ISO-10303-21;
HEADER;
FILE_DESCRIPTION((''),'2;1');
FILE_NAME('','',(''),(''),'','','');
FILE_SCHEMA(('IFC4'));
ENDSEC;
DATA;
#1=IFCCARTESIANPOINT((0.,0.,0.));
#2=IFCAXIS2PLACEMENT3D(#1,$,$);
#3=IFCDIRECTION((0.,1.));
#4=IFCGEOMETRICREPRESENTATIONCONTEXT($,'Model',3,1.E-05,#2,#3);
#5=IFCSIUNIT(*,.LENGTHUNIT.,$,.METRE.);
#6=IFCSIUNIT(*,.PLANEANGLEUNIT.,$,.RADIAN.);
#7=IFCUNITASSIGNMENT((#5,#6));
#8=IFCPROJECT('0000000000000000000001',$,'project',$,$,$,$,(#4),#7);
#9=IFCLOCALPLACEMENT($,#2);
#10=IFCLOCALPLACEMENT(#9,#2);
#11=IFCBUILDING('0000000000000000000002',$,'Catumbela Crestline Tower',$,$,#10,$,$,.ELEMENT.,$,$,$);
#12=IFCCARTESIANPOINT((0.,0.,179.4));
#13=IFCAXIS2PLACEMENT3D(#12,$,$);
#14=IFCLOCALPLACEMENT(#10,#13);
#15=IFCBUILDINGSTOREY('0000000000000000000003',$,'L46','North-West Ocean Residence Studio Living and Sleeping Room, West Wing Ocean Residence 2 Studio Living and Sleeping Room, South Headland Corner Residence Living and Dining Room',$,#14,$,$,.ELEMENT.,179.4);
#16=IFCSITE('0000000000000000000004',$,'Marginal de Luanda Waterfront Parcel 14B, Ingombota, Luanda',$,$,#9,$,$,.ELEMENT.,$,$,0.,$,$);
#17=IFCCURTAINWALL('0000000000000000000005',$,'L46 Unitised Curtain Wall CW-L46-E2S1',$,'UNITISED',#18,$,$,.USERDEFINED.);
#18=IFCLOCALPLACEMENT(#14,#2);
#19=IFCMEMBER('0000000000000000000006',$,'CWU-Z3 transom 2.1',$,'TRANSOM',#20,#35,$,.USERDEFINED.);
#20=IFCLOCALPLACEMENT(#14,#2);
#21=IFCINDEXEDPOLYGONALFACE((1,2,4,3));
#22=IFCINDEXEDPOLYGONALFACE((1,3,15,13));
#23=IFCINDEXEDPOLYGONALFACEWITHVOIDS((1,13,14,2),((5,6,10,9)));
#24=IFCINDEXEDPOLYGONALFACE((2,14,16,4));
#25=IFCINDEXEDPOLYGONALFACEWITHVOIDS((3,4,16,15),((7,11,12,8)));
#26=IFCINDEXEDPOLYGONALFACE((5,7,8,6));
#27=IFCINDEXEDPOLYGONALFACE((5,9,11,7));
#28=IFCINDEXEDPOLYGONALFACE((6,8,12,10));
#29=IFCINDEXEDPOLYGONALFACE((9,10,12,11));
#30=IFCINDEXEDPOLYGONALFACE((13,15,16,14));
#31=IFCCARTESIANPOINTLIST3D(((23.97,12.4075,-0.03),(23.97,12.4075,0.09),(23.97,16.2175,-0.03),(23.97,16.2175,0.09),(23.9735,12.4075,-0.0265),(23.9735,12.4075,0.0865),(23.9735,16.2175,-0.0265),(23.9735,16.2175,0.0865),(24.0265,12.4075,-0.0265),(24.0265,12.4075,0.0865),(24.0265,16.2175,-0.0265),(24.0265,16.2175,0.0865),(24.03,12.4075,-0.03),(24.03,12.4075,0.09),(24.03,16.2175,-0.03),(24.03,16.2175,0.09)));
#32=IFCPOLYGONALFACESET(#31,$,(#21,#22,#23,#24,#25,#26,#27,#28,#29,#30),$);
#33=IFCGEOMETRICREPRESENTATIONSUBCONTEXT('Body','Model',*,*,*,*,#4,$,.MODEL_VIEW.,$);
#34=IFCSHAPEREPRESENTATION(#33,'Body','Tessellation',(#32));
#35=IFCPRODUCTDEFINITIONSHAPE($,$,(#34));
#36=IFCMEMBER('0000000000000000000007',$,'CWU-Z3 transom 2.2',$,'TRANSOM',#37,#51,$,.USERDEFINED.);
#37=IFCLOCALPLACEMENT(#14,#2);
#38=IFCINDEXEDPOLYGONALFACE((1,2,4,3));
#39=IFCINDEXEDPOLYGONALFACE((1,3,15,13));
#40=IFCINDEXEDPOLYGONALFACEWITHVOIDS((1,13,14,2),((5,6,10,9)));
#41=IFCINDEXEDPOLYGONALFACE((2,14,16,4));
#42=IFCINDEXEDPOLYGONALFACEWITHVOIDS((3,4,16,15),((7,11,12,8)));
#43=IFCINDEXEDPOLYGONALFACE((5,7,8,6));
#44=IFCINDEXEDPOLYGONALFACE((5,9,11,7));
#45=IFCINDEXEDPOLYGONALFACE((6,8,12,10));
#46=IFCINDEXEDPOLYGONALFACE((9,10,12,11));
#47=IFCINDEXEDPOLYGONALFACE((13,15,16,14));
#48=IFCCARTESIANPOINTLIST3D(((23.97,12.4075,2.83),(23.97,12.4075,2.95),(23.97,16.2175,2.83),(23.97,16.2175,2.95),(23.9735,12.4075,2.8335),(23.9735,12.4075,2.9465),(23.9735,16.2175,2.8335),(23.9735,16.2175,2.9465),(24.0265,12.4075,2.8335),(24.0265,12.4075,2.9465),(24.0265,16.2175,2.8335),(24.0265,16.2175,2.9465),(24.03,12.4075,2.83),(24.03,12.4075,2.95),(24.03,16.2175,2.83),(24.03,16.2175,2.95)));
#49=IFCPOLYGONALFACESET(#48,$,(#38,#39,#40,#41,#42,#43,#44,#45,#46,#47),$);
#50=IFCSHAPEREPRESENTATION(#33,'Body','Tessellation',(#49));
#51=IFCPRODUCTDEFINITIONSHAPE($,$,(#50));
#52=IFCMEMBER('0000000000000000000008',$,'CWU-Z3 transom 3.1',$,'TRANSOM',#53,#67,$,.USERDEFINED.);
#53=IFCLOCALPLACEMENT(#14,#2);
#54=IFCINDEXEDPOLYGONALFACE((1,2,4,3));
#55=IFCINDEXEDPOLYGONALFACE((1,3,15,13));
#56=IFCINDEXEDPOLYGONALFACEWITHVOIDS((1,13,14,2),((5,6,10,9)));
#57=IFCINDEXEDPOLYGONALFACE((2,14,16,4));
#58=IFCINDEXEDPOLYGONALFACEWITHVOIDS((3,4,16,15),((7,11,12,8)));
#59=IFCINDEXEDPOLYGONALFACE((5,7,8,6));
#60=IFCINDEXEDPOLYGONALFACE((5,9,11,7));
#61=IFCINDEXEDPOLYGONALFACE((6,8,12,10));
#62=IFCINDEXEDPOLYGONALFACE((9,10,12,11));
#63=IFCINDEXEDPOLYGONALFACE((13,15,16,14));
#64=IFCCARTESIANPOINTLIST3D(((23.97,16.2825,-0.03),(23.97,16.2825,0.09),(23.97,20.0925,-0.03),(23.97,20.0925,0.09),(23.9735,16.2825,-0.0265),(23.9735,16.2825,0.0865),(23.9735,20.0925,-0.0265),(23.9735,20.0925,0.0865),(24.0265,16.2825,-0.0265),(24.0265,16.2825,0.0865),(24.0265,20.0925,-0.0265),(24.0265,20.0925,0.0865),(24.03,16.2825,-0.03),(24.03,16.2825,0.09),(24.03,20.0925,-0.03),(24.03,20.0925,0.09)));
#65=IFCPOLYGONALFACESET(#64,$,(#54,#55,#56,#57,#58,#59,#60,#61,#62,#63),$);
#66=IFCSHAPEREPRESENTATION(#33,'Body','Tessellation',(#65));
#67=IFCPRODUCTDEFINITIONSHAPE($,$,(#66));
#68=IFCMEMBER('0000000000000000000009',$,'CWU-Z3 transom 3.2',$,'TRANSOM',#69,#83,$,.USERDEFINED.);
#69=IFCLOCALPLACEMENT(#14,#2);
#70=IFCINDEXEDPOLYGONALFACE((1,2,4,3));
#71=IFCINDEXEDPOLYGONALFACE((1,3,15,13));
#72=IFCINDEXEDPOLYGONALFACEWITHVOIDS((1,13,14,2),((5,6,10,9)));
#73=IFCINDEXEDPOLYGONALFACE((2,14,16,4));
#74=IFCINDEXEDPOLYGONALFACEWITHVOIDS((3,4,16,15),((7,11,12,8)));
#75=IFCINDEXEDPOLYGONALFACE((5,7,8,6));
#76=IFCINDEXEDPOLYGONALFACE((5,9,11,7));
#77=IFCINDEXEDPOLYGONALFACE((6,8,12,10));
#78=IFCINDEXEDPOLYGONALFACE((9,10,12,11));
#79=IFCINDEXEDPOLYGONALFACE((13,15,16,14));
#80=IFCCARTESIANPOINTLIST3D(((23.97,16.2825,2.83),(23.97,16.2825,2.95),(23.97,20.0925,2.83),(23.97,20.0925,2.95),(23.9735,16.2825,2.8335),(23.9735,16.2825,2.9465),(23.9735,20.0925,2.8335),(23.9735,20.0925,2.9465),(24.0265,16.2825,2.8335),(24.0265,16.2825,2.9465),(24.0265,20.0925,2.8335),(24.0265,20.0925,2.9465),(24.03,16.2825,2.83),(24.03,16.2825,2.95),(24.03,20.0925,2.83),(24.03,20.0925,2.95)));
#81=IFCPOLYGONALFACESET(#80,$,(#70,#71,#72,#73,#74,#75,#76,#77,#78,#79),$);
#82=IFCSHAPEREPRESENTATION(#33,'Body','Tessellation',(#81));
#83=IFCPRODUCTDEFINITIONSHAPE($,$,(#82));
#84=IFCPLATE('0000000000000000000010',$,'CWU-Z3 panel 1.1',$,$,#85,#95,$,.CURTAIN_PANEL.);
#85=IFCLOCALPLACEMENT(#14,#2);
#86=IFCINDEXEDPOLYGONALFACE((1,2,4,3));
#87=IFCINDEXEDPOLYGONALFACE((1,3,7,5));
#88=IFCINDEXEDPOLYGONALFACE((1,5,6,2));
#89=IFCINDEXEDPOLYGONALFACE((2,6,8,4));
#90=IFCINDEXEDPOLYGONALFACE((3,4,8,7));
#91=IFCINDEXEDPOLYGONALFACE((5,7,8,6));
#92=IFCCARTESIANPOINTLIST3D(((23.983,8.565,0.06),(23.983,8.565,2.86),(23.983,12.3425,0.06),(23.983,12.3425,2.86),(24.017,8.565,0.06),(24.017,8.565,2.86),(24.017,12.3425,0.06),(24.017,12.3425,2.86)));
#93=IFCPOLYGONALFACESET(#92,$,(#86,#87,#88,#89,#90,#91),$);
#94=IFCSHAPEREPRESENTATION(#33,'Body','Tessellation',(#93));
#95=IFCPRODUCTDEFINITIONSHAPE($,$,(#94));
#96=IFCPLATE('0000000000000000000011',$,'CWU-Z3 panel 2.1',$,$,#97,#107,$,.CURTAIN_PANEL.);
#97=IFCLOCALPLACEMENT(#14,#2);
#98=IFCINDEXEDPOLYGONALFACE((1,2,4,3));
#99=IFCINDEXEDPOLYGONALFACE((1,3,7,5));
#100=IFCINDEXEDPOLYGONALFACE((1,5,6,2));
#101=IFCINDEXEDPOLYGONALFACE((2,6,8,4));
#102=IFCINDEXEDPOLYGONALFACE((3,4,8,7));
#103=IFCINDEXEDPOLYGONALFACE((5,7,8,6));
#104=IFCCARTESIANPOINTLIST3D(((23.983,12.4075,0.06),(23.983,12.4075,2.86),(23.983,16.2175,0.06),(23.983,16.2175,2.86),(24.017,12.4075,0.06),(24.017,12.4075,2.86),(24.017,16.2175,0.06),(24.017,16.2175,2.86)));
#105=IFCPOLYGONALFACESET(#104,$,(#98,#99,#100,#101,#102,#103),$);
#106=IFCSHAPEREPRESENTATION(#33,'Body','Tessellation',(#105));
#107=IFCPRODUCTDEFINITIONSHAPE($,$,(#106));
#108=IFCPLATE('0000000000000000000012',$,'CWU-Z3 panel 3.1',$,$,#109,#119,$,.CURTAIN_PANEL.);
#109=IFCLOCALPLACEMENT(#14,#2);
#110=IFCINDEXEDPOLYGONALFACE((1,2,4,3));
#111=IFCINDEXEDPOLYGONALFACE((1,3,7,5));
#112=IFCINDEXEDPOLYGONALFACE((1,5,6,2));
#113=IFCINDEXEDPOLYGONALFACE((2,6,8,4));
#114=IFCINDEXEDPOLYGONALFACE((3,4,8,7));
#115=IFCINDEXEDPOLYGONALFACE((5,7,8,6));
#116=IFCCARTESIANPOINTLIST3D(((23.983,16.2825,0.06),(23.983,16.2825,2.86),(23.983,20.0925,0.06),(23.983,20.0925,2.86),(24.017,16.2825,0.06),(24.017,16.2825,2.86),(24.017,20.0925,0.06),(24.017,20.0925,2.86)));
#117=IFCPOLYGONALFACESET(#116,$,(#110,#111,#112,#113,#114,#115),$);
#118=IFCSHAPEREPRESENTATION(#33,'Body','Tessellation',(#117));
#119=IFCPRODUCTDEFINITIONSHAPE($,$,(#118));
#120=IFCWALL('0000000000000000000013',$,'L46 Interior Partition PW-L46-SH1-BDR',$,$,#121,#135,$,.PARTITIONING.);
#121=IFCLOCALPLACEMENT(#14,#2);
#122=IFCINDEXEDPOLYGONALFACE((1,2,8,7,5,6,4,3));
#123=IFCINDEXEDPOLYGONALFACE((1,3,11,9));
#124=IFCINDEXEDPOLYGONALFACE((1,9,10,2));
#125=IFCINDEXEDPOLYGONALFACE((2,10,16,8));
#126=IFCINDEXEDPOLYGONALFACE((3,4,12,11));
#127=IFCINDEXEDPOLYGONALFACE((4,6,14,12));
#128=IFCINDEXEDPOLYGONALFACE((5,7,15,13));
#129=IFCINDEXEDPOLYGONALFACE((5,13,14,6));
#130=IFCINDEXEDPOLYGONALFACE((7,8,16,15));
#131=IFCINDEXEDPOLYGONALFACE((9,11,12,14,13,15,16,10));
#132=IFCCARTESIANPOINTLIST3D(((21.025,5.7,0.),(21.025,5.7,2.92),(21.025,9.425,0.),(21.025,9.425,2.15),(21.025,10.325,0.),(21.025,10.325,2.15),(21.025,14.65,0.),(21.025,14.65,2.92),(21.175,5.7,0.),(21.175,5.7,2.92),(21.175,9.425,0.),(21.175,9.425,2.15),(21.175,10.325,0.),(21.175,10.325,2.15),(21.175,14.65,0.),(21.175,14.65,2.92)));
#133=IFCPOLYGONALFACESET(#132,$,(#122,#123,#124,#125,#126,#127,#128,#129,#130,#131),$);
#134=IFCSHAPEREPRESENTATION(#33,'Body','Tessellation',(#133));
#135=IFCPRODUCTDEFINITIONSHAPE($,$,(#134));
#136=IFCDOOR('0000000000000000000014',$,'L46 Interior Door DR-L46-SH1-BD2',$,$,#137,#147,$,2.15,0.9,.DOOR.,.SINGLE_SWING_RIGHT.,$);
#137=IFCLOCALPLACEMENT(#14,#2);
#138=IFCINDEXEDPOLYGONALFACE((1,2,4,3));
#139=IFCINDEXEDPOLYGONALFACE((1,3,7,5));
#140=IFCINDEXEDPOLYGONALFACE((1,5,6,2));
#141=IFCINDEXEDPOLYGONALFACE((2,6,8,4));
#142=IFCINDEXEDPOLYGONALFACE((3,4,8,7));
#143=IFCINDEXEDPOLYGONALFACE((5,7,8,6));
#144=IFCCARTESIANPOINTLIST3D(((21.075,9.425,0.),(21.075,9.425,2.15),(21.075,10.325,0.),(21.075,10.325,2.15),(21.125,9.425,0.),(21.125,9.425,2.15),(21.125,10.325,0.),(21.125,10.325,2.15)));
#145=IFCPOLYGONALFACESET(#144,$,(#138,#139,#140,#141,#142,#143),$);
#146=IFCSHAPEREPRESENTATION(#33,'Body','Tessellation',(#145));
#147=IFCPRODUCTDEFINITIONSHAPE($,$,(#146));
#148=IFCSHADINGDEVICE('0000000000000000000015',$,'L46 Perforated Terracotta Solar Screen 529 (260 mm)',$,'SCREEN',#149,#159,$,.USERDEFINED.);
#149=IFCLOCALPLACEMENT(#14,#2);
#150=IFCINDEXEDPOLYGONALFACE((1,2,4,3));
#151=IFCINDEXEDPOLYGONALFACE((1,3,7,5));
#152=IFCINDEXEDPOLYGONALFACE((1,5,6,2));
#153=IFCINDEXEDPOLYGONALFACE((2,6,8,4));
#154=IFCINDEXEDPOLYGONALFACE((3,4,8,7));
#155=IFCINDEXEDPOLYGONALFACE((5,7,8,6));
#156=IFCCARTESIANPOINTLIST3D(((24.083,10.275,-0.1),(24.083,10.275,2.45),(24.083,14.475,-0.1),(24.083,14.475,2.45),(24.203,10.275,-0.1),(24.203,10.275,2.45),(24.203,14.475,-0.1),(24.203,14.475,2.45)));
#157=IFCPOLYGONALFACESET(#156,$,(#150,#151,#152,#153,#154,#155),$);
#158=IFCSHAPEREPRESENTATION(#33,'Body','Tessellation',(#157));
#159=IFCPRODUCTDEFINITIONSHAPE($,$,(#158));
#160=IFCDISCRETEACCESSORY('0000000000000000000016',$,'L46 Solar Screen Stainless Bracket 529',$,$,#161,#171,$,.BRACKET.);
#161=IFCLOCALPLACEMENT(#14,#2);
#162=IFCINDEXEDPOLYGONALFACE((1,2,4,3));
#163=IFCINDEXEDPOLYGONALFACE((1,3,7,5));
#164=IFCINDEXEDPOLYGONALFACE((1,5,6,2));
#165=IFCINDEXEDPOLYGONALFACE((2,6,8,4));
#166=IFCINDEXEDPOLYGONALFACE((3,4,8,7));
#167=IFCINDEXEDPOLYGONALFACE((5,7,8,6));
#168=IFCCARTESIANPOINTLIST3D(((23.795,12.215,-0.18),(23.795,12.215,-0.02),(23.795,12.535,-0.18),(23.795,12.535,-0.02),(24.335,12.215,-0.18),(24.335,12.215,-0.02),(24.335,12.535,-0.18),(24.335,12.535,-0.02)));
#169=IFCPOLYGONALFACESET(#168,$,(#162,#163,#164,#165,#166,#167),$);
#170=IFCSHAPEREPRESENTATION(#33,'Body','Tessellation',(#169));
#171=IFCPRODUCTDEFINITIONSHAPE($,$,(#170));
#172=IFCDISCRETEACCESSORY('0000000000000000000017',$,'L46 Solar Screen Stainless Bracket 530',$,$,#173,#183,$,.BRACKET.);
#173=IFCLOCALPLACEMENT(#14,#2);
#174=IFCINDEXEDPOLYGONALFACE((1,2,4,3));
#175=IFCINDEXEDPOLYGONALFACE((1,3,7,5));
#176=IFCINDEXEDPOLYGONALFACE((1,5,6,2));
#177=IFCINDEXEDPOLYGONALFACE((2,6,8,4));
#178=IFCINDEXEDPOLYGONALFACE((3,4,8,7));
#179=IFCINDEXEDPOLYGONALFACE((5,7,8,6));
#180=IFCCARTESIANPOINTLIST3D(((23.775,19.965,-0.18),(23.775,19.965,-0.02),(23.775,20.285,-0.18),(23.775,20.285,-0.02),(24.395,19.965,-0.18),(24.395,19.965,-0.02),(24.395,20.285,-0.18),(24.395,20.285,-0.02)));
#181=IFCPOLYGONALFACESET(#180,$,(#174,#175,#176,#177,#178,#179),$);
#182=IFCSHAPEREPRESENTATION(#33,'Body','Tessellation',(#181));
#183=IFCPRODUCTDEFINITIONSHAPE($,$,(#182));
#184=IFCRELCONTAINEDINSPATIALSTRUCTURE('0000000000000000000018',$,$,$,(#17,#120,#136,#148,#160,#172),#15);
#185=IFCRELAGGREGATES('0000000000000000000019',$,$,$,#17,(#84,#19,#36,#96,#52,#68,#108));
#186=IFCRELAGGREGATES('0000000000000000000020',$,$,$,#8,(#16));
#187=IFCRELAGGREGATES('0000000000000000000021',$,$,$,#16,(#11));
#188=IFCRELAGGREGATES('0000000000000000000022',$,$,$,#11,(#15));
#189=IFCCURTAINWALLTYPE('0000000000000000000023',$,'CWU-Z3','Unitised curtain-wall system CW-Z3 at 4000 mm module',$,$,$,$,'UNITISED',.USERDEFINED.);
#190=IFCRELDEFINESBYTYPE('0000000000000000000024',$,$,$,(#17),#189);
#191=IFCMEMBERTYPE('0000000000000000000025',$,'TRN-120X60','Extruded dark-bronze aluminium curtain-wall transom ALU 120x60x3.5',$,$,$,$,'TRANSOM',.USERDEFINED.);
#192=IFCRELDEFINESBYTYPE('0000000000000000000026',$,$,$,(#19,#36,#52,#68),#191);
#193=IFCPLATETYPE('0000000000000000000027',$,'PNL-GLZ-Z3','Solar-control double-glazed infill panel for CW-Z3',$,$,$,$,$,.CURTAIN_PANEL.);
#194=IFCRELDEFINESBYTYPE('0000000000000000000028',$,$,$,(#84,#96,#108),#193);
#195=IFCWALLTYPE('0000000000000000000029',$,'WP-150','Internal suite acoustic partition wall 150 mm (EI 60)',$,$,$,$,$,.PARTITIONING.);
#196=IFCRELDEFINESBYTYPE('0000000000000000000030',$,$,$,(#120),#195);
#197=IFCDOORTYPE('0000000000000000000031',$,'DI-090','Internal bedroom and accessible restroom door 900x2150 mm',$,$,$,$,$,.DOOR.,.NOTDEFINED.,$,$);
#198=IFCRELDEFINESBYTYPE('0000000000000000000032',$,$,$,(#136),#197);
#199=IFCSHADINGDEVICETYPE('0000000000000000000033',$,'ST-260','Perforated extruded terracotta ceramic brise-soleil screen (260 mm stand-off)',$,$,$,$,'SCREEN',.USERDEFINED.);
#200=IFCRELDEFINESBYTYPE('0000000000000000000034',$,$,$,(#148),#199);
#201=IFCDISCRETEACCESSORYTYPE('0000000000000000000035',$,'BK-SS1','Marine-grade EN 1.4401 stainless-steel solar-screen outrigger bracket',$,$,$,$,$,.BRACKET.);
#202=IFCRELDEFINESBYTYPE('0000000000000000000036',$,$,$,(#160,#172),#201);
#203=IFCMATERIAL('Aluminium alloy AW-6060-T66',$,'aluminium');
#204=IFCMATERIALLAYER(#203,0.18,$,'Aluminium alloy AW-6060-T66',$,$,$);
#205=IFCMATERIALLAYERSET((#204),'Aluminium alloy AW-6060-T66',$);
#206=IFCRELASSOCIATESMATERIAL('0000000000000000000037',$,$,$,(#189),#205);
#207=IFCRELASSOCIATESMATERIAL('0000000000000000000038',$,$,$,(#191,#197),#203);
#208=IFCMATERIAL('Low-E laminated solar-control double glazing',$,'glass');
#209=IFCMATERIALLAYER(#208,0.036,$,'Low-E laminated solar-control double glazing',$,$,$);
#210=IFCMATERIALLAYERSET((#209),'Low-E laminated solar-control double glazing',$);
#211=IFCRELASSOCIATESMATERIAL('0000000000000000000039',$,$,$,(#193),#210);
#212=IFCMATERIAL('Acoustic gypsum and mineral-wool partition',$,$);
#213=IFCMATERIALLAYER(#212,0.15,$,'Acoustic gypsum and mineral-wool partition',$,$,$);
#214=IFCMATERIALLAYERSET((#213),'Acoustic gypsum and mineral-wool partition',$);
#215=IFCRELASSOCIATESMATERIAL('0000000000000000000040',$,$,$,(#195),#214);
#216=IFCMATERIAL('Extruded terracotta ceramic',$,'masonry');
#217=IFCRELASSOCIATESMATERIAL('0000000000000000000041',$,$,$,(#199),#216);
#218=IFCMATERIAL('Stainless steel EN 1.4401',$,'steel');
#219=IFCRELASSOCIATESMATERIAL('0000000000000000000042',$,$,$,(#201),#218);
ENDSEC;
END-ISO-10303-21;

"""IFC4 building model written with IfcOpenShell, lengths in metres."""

from ifc_helpers import new_model, si_unit, direction, frame, frame_2d, origin, origin_2d, place, context, subcontext, project, spatial, rectangle, hollow_rectangle, extrude, material, layer, layer_set, material_profile, profile_set, type_object, element, fill, aggregate, save


model = new_model("IFC4")

# Units and contexts
model_context = context("Model", 3, precision=1e-05, world=origin(), true_north=direction((0.0, 1.0)))
body_context = subcontext(model_context, "Body", "Model", "MODEL_VIEW")
ifc_project = project(units=[si_unit("LENGTHUNIT", "METRE"), si_unit("PLANEANGLEUNIT", "RADIAN")], contexts=[model_context])

# Site, building, storey
site_placement = place(None, origin())
site = spatial("IfcSite", under=ifc_project, at=site_placement, Name="Marginal de Luanda Waterfront Parcel 14B, Ingombota, Luanda", CompositionType="ELEMENT", RefElevation=0.0)
building_placement = place(site_placement, origin())
building = spatial("IfcBuilding", under=site, at=building_placement, Name="Catumbela Crestline Tower", CompositionType="ELEMENT")
storey_placement = place(building_placement, frame((0.0, 0.0, 179.4)))
storey = spatial("IfcBuildingStorey", under=building, at=storey_placement, Name="L46", Description="North-West Ocean Residence Studio Living and Sleeping Room, West Wing Ocean Residence 2 Studio Living and Sleeping Room, South Headland Corner Residence Living and Dining Room", CompositionType="ELEMENT", Elevation=179.4)

# Curtain wall
ifc_material_1 = material(Name="Aluminium alloy AW-6060-T66", Category="aluminium")
ifc_layer_1 = layer(ifc_material_1, 0.18, Name="Aluminium alloy AW-6060-T66")
ifc_layer_set_1 = layer_set([ifc_layer_1], Name="Aluminium alloy AW-6060-T66")
curtain_wall_type = type_object("IfcCurtainWallType", Name="CWU-Z3", Description="Unitised curtain-wall system CW-Z3 at 4000 mm module", ElementType="UNITISED", PredefinedType="USERDEFINED", material=ifc_layer_set_1)
curtain_wall_placement = place(storey_placement, origin())
curtain_wall = element("IfcCurtainWall", 1, at=curtain_wall_placement, inside=storey, type_object=curtain_wall_type, Name="L46 Unitised Curtain Wall CW-L46-E2S1", ObjectType="UNITISED", PredefinedType="USERDEFINED")

# Members
ifc_material_profile_1 = material_profile(ifc_material_1, hollow_rectangle(XDim=0.06, YDim=0.12, WallThickness=0.0035, at=origin_2d()), Name="ALU 120x60x3.5")
ifc_profile_set_1 = profile_set([ifc_material_profile_1], Name="Aluminium alloy AW-6060-T66")
member_type_1 = type_object("IfcMemberType", Name="TRN-120X60", Description="Extruded dark-bronze aluminium curtain-wall transom ALU 120x60x3.5", ElementType="TRANSOM", PredefinedType="USERDEFINED", material=ifc_profile_set_1)
member_1_placement = place(storey_placement, frame((24.0, 12.4075, 0.03), z_axis=(0.0, 1.0, 0.0), x_axis=(-1.0, 0.0, 0.0)))
member_1 = element("IfcMember", 2, at=member_1_placement, type_object=member_type_1, Name="CWU-Z3 transom 2.1", ObjectType="TRANSOM", PredefinedType="USERDEFINED", context=body_context, shape_type="SweptSolid", body=[
    extrude(hollow_rectangle(XDim=0.06, YDim=0.12, WallThickness=0.0035, at=origin_2d()), origin(), (0.0, 0.0, 1.0), 3.81),
])
member_2_placement = place(storey_placement, frame((24.0, 12.4075, 2.89), z_axis=(0.0, 1.0, 0.0), x_axis=(-1.0, 0.0, 0.0)))
member_2 = element("IfcMember", 3, at=member_2_placement, type_object=member_type_1, Name="CWU-Z3 transom 2.2", ObjectType="TRANSOM", PredefinedType="USERDEFINED", context=body_context, shape_type="SweptSolid", body=[
    extrude(hollow_rectangle(XDim=0.06, YDim=0.12, WallThickness=0.0035, at=origin_2d()), origin(), (0.0, 0.0, 1.0), 3.81),
])
member_3_placement = place(storey_placement, frame((24.0, 16.2825, 0.03), z_axis=(0.0, 1.0, 0.0), x_axis=(-1.0, 0.0, 0.0)))
member_3 = element("IfcMember", 4, at=member_3_placement, type_object=member_type_1, Name="CWU-Z3 transom 3.1", ObjectType="TRANSOM", PredefinedType="USERDEFINED", context=body_context, shape_type="SweptSolid", body=[
    extrude(hollow_rectangle(XDim=0.06, YDim=0.12, WallThickness=0.0035, at=origin_2d()), origin(), (0.0, 0.0, 1.0), 3.81),
])
member_4_placement = place(storey_placement, frame((24.0, 16.2825, 2.89), z_axis=(0.0, 1.0, 0.0), x_axis=(-1.0, 0.0, 0.0)))
member_4 = element("IfcMember", 5, at=member_4_placement, type_object=member_type_1, Name="CWU-Z3 transom 3.2", ObjectType="TRANSOM", PredefinedType="USERDEFINED", context=body_context, shape_type="SweptSolid", body=[
    extrude(hollow_rectangle(XDim=0.06, YDim=0.12, WallThickness=0.0035, at=origin_2d()), origin(), (0.0, 0.0, 1.0), 3.81),
])

# Plates
ifc_material_2 = material(Name="Low-E laminated solar-control double glazing", Category="glass")
ifc_layer_2 = layer(ifc_material_2, 0.036, Name="Low-E laminated solar-control double glazing")
ifc_layer_set_2 = layer_set([ifc_layer_2], Name="Low-E laminated solar-control double glazing")
plate_type = type_object("IfcPlateType", Name="PNL-GLZ-Z3", Description="Solar-control double-glazed infill panel for CW-Z3", PredefinedType="CURTAIN_PANEL", material=ifc_layer_set_2)
plate_1_placement = place(storey_placement, frame((24.0, 10.4538, 0.06), z_axis=(0.0, 0.0, 1.0), x_axis=(0.0, 1.0, 0.0)))
plate_1 = element("IfcPlate", 6, at=plate_1_placement, type_object=plate_type, Name="CWU-Z3 panel 1.1", PredefinedType="CURTAIN_PANEL", context=body_context, shape_type="SweptSolid", body=[
    extrude(rectangle(XDim=3.7775, YDim=0.034, at=origin_2d()), origin(), (0.0, 0.0, 1.0), 2.8),
])
plate_2_placement = place(storey_placement, frame((24.0, 14.3125, 0.06), z_axis=(0.0, 0.0, 1.0), x_axis=(0.0, 1.0, 0.0)))
plate_2 = element("IfcPlate", 7, at=plate_2_placement, type_object=plate_type, Name="CWU-Z3 panel 2.1", PredefinedType="CURTAIN_PANEL", context=body_context, shape_type="SweptSolid", body=[
    extrude(rectangle(XDim=3.81, YDim=0.034, at=origin_2d()), origin(), (0.0, 0.0, 1.0), 2.8),
])
plate_3_placement = place(storey_placement, frame((24.0, 18.1875, 0.06), z_axis=(0.0, 0.0, 1.0), x_axis=(0.0, 1.0, 0.0)))
plate_3 = element("IfcPlate", 8, at=plate_3_placement, type_object=plate_type, Name="CWU-Z3 panel 3.1", PredefinedType="CURTAIN_PANEL", context=body_context, shape_type="SweptSolid", body=[
    extrude(rectangle(XDim=3.81, YDim=0.034, at=origin_2d()), origin(), (0.0, 0.0, 1.0), 2.8),
])
aggregate(curtain_wall, [plate_1, member_1, member_2, plate_2, member_3, member_4, plate_3])

# Wall, opening, door
ifc_material_3 = material(Name="Acoustic gypsum and mineral-wool partition")
ifc_layer_3 = layer(ifc_material_3, 0.15, Name="Acoustic gypsum and mineral-wool partition")
ifc_layer_set_3 = layer_set([ifc_layer_3], Name="Acoustic gypsum and mineral-wool partition")
wall_type = type_object("IfcWallType", Name="WP-150", Description="Internal suite acoustic partition wall 150 mm (EI 60)", PredefinedType="PARTITIONING", material=ifc_layer_set_3)
wall_placement = place(storey_placement, frame((21.1, 5.7, 0.0), z_axis=(0.0, 0.0, 1.0), x_axis=(0.0, 1.0, 0.0)))
wall = element("IfcWall", 9, at=wall_placement, inside=storey, type_object=wall_type, Name="L46 Interior Partition PW-L46-SH1-BDR", PredefinedType="PARTITIONING", context=body_context, shape_type="SweptSolid", body=[
    extrude(rectangle(XDim=8.95, YDim=0.15, at=frame_2d((4.475, 0.0))), origin(), (0.0, 0.0, 1.0), 2.92),
])
opening_placement = place(wall_placement, frame((3.725, 0.0, 0.0)))
opening = element("IfcOpeningElement", 10, at=opening_placement, cuts=wall, PredefinedType="OPENING", context=body_context, shape_type="SweptSolid", body=[
    extrude(rectangle(XDim=0.9, YDim=2.15, at=frame_2d((0.45, 1.075))), frame((0.0, 0.085, 0.0), z_axis=(0.0, -1.0, 0.0), x_axis=(1.0, 0.0, 0.0)), (0.0, 0.0, 1.0), 0.17),
])
door_type = type_object("IfcDoorType", Name="DI-090", Description="Internal bedroom and accessible restroom door 900x2150 mm", OperationType="NOTDEFINED", PredefinedType="DOOR", material=ifc_material_1)
door_placement = place(opening_placement, origin())
door = element("IfcDoor", 11, at=door_placement, inside=storey, type_object=door_type, Name="L46 Interior Door DR-L46-SH1-BD2", OperationType="SINGLE_SWING_RIGHT", OverallHeight=2.15, OverallWidth=0.9, PredefinedType="DOOR", context=body_context, shape_type="SweptSolid", body=[
    extrude(rectangle(XDim=0.9, YDim=2.15, at=frame_2d((0.45, 1.075))), frame((0.0, 0.025, 0.0), z_axis=(0.0, -1.0, 0.0), x_axis=(1.0, 0.0, 0.0)), (0.0, 0.0, 1.0), 0.05),
])
fill(opening, door)

# Shading device
ifc_material_4 = material(Name="Extruded terracotta ceramic", Category="masonry")
shading_device_type = type_object("IfcShadingDeviceType", Name="ST-260", Description="Perforated extruded terracotta ceramic brise-soleil screen (260 mm stand-off)", ElementType="SCREEN", PredefinedType="USERDEFINED", material=ifc_material_4)
shading_device_placement = place(storey_placement, frame((24.143, 12.375, -0.1), z_axis=(0.0, 0.0, 1.0), x_axis=(0.0, 1.0, 0.0)))
element("IfcShadingDevice", 12, at=shading_device_placement, inside=storey, type_object=shading_device_type, Name="L46 Perforated Terracotta Solar Screen 529 (260 mm)", ObjectType="SCREEN", PredefinedType="USERDEFINED", context=body_context, shape_type="SweptSolid", body=[
    extrude(rectangle(XDim=4.2, YDim=0.12, at=origin_2d()), origin(), (0.0, 0.0, 1.0), 2.55),
])

# Discrete accessories
ifc_material_5 = material(Name="Stainless steel EN 1.4401", Category="steel")
discrete_accessory_type = type_object("IfcDiscreteAccessoryType", Name="BK-SS1", Description="Marine-grade EN 1.4401 stainless-steel solar-screen outrigger bracket", PredefinedType="BRACKET", material=ifc_material_5)
discrete_accessory_1_placement = place(storey_placement, frame((24.065, 12.375, -0.18), z_axis=(0.0, 0.0, 1.0), x_axis=(0.0, 1.0, 0.0)))
element("IfcDiscreteAccessory", 13, at=discrete_accessory_1_placement, inside=storey, type_object=discrete_accessory_type, Name="L46 Solar Screen Stainless Bracket 529", PredefinedType="BRACKET", context=body_context, shape_type="SweptSolid", body=[
    extrude(rectangle(XDim=0.32, YDim=0.54, at=origin_2d()), origin(), (0.0, 0.0, 1.0), 0.16),
])
discrete_accessory_2_placement = place(storey_placement, frame((24.085, 20.125, -0.18), z_axis=(0.0, 0.0, 1.0), x_axis=(0.0, 1.0, 0.0)))
element("IfcDiscreteAccessory", 14, at=discrete_accessory_2_placement, inside=storey, type_object=discrete_accessory_type, Name="L46 Solar Screen Stainless Bracket 530", PredefinedType="BRACKET", context=body_context, shape_type="SweptSolid", body=[
    extrude(rectangle(XDim=0.32, YDim=0.62, at=origin_2d()), origin(), (0.0, 0.0, 1.0), 0.16),
])

save(model, "model.ifc")
